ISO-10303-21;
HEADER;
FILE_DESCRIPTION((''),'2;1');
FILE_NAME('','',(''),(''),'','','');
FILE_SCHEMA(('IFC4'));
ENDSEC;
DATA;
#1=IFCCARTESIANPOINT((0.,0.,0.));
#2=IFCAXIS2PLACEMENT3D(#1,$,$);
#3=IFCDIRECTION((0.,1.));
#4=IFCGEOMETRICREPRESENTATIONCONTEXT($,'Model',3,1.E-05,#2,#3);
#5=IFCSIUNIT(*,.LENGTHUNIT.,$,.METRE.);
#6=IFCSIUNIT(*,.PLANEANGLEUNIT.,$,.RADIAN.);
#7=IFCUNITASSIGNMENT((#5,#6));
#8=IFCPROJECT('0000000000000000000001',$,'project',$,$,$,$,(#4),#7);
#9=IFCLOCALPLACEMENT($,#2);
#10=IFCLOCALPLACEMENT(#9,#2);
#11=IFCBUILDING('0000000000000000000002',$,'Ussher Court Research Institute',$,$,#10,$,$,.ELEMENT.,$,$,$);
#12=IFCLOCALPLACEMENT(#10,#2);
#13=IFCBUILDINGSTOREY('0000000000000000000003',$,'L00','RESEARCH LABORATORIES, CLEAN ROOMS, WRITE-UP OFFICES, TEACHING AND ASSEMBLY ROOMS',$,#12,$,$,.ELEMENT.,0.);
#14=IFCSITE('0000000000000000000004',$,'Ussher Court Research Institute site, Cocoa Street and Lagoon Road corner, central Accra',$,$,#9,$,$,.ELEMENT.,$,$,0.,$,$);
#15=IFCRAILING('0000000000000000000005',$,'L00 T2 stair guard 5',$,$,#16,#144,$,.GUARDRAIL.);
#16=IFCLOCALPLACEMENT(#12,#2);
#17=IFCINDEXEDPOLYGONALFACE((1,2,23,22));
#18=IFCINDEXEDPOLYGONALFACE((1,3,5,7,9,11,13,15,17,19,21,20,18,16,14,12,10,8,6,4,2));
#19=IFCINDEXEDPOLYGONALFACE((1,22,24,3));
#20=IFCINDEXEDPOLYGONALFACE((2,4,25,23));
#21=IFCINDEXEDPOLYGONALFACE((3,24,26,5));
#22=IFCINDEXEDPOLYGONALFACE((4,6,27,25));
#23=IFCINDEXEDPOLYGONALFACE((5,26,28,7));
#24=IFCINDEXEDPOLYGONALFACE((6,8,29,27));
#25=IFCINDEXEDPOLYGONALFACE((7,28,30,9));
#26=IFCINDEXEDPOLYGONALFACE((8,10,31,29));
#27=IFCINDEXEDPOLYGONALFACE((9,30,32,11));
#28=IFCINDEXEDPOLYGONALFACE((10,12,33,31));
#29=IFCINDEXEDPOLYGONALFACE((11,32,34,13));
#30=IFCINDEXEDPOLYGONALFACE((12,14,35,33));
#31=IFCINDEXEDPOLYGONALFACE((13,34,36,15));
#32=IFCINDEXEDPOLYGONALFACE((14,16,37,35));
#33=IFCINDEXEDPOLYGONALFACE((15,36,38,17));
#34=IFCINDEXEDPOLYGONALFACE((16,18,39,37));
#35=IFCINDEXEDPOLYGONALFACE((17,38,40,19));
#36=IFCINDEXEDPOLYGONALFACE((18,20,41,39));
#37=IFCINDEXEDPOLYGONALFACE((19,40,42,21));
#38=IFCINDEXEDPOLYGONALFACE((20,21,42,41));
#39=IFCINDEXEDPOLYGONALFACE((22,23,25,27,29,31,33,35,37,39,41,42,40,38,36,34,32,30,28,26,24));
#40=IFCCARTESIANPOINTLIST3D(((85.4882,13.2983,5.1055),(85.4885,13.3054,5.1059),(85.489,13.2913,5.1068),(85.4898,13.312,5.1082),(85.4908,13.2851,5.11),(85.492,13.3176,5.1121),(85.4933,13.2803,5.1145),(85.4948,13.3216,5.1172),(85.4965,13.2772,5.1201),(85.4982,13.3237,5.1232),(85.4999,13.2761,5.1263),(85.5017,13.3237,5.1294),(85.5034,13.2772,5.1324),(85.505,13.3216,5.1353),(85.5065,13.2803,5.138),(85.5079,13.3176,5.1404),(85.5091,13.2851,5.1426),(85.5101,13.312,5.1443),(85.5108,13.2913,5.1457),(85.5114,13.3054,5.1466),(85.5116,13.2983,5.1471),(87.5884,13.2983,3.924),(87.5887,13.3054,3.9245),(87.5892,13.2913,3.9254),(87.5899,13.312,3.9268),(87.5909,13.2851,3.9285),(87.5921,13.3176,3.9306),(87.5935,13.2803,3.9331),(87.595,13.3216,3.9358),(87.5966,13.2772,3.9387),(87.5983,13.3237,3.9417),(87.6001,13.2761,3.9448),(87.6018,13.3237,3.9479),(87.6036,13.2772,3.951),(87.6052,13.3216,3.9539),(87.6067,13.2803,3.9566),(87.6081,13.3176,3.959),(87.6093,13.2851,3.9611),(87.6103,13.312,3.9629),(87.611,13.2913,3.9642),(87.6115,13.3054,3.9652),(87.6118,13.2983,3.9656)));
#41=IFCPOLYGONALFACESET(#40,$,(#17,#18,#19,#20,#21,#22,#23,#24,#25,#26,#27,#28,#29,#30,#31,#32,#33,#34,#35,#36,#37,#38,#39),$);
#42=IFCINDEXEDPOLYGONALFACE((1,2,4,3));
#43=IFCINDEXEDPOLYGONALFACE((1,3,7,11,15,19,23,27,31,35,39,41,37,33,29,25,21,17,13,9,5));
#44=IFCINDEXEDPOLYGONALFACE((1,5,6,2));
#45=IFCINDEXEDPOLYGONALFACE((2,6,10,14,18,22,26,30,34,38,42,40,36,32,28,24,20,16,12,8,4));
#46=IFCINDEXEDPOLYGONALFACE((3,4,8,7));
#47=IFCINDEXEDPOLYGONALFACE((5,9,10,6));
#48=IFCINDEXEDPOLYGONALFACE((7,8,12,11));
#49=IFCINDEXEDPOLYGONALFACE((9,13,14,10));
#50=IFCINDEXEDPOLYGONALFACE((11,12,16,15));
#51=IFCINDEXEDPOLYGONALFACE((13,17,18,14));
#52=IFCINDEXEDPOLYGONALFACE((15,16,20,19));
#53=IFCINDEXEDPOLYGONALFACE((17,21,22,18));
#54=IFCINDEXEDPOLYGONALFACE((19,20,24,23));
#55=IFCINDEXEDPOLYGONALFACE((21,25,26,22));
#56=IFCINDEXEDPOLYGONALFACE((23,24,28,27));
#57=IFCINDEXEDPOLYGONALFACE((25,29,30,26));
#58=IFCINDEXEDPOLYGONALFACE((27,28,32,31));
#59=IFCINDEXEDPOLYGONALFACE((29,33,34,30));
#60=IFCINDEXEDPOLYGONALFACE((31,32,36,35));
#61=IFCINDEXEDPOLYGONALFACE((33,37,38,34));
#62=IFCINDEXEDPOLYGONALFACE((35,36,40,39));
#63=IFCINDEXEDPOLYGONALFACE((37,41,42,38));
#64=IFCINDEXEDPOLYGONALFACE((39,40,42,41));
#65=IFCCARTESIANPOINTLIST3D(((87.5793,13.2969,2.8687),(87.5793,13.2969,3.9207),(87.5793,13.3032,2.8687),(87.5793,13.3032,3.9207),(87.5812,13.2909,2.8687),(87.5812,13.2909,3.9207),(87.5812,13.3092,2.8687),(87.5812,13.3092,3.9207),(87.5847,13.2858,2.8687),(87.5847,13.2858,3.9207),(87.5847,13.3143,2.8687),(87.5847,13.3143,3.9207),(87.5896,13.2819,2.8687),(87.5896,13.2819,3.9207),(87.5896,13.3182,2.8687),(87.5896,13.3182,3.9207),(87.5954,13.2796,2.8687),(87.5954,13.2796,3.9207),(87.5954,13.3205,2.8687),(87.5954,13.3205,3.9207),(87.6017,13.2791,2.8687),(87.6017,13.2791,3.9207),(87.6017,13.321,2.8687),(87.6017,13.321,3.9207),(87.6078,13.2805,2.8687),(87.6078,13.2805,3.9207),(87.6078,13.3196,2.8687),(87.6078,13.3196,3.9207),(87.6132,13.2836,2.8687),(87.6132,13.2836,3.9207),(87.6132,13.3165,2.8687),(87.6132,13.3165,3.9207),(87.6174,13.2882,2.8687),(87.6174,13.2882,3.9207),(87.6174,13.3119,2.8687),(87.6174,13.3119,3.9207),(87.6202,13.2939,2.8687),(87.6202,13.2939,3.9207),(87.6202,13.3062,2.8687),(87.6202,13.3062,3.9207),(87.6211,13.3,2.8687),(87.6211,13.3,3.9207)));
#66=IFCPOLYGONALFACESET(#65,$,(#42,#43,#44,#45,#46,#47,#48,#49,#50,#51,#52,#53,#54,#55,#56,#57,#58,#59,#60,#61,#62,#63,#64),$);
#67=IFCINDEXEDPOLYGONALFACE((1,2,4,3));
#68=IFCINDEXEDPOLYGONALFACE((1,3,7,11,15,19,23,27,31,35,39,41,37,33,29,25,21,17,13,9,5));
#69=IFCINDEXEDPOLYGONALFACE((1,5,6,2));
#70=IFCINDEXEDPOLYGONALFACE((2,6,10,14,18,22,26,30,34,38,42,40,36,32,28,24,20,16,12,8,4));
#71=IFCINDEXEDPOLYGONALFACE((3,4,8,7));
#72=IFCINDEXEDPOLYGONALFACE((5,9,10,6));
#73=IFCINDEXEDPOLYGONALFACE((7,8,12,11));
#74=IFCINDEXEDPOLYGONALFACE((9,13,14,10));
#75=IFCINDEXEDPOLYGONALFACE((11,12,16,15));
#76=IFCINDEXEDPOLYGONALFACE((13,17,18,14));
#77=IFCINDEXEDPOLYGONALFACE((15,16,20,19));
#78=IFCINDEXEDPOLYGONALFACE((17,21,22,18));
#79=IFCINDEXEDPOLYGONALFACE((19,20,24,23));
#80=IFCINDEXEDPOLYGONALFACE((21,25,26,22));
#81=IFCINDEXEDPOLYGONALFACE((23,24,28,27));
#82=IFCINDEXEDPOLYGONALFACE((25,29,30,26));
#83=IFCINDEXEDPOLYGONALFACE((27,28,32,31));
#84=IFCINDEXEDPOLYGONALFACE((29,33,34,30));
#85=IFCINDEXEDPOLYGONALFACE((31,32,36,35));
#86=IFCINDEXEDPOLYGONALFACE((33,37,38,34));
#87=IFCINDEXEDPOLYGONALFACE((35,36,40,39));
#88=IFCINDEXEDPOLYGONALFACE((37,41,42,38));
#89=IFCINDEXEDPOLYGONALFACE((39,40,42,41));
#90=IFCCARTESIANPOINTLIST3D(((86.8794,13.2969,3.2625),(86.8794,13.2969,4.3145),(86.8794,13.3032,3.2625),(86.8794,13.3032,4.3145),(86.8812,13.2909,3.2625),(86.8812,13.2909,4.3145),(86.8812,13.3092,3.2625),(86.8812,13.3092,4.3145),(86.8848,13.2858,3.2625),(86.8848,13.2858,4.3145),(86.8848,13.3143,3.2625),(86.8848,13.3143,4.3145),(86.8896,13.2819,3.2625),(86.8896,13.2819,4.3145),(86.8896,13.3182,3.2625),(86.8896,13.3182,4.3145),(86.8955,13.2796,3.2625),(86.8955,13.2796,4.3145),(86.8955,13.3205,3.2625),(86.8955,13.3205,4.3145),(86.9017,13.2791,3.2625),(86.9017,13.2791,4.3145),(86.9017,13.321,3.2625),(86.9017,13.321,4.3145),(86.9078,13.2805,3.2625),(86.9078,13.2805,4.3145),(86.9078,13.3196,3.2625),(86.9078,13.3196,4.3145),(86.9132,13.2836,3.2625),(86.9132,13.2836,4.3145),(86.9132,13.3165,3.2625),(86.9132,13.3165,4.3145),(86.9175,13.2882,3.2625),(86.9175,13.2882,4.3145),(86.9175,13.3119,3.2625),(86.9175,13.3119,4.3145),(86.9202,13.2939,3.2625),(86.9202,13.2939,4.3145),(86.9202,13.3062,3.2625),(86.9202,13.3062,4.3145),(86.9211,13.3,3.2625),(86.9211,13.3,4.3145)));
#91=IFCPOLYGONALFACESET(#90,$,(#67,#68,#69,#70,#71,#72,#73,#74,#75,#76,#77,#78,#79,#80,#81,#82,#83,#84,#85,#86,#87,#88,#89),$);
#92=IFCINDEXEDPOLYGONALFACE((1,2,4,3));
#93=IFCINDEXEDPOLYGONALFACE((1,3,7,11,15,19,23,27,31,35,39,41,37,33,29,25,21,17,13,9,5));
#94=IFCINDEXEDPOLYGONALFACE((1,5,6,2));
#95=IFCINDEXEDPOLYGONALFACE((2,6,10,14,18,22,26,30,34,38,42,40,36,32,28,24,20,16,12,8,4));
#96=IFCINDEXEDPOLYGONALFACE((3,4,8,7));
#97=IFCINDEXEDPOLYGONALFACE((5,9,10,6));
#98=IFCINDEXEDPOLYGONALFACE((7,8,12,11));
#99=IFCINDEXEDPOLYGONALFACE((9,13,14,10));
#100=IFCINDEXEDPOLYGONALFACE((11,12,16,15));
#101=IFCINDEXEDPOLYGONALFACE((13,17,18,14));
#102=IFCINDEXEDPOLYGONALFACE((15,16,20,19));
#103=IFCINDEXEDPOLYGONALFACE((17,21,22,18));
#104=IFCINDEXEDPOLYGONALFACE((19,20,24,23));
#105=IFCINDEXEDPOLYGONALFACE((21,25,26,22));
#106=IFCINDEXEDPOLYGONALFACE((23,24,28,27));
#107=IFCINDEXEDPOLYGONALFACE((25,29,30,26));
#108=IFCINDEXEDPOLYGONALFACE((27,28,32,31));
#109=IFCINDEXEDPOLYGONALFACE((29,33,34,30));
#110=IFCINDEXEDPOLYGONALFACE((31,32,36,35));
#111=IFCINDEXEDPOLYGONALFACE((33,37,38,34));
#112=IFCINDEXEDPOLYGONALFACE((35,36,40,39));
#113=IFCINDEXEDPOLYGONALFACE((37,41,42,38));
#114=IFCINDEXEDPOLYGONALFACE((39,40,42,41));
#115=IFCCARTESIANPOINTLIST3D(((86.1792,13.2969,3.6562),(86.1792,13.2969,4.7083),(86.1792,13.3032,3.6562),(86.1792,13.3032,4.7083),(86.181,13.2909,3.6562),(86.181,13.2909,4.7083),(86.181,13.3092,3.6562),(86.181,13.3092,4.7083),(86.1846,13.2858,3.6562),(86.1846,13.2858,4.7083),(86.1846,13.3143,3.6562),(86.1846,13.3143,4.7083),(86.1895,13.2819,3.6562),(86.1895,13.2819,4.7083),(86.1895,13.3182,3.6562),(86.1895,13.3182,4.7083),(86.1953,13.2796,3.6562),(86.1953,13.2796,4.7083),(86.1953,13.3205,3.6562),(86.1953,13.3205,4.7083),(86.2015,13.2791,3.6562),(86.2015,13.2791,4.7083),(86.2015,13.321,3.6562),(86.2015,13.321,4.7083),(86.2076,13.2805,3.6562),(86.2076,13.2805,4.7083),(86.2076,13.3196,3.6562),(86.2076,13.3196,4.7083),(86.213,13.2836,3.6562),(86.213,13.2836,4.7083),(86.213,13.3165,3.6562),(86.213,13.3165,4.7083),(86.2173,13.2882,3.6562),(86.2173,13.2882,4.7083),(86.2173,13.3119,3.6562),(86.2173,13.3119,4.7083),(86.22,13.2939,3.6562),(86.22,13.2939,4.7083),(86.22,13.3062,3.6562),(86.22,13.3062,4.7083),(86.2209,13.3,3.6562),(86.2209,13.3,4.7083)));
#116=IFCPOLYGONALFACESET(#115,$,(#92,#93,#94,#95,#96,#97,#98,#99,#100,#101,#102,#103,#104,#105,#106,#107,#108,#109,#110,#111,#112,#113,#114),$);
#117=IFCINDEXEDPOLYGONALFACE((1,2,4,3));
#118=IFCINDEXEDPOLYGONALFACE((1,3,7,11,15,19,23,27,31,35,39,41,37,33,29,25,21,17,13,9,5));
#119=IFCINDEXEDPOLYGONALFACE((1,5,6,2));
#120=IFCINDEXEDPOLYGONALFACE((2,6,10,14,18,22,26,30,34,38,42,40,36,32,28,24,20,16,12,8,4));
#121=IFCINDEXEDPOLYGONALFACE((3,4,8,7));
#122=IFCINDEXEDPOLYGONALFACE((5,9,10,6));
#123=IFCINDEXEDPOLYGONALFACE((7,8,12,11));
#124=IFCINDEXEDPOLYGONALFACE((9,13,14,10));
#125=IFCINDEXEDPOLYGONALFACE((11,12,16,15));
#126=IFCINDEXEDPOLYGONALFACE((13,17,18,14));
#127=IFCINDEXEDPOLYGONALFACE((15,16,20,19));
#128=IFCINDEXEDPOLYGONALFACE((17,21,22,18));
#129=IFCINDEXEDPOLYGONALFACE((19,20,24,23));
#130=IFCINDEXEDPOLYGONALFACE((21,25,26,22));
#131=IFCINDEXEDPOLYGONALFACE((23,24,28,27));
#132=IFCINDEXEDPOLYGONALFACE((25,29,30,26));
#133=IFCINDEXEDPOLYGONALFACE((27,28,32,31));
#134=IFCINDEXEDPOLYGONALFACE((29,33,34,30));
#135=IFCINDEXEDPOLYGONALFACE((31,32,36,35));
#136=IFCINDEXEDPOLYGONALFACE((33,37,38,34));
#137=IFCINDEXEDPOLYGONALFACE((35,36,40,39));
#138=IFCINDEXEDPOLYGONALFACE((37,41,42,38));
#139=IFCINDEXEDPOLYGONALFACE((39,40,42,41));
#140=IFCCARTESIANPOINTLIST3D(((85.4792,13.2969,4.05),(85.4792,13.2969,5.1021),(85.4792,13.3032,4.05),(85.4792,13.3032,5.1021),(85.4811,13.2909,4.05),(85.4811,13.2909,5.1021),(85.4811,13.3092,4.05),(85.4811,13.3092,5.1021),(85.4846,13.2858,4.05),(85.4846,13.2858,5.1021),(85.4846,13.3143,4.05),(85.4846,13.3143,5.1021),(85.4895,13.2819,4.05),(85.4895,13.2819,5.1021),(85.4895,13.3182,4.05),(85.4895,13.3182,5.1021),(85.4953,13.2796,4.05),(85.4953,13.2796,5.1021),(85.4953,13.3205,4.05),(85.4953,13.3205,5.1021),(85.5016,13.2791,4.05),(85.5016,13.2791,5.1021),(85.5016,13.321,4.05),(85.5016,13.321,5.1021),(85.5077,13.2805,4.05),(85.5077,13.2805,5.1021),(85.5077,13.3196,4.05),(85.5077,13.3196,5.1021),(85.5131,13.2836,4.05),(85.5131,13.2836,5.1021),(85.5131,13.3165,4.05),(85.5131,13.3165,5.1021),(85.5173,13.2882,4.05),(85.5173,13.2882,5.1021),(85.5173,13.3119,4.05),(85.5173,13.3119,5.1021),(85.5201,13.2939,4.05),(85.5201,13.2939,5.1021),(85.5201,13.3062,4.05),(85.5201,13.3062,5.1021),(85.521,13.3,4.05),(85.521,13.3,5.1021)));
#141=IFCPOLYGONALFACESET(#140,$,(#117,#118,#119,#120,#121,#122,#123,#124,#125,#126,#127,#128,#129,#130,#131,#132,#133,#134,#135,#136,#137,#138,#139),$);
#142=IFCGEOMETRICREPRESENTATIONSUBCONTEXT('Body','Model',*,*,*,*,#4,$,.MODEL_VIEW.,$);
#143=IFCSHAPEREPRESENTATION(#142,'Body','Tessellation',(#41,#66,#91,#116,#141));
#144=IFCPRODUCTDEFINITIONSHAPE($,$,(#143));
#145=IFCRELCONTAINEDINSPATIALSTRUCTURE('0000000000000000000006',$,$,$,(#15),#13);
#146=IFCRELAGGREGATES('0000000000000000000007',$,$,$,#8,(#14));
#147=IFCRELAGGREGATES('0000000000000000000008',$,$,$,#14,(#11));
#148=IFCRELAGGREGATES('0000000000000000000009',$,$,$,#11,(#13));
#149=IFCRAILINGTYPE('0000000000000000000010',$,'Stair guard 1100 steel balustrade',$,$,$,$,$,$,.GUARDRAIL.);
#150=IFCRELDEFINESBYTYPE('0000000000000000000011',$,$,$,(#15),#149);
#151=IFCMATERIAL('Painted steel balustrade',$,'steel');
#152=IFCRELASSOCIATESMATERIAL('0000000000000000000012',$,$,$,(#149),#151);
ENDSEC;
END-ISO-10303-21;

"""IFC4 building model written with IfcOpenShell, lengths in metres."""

from ifc_helpers import new_model, si_unit, direction, frame, origin, origin_2d, place, context, subcontext, project, spatial, circle, extrude, material, type_object, element, save


model = new_model("IFC4")

# Units and contexts
model_context = context("Model", 3, precision=1e-05, world=origin(), true_north=direction((0.0, 1.0)))
body_context = subcontext(model_context, "Body", "Model", "MODEL_VIEW")
ifc_project = project(units=[si_unit("LENGTHUNIT", "METRE"), si_unit("PLANEANGLEUNIT", "RADIAN")], contexts=[model_context])

# Site, building, storey
site_placement = place(None, origin())
site = spatial("IfcSite", under=ifc_project, at=site_placement, Name="Ussher Court Research Institute site, Cocoa Street and Lagoon Road corner, central Accra", CompositionType="ELEMENT", RefElevation=0.0)
building_placement = place(site_placement, origin())
building = spatial("IfcBuilding", under=site, at=building_placement, Name="Ussher Court Research Institute", CompositionType="ELEMENT")
storey_placement = place(building_placement, origin())
storey = spatial("IfcBuildingStorey", under=building, at=storey_placement, Name="L00", Description="RESEARCH LABORATORIES, CLEAN ROOMS, WRITE-UP OFFICES, TEACHING AND ASSEMBLY ROOMS", CompositionType="ELEMENT", Elevation=0.0)

# Railing
ifc_material_1 = material(Name="Painted steel balustrade", Category="steel")
railing_type = type_object("IfcRailingType", Name="Stair guard 1100 steel balustrade", PredefinedType="GUARDRAIL", material=ifc_material_1)
railing_1_placement = place(storey_placement, frame((87.6001, 13.3, 2.8687)))
element("IfcRailing", 1, at=railing_1_placement, inside=storey, type_object=railing_type, Name="L00 T2 stair guard 5", PredefinedType="GUARDRAIL", context=body_context, shape_type="SweptSolid", body=[
    extrude(circle(Radius=0.0239, at=origin_2d()), frame((0.0, 0.0, 1.0762), z_axis=(-0.871559, 0.0, 0.49029), x_axis=(0.0, -1.0, 0.0)), (0.0, 0.0, 1.0), 2.4097),
    extrude(circle(Radius=0.021, at=origin_2d()), origin(), (0.0, 0.0, 1.0), 1.052),
    extrude(circle(Radius=0.021, at=origin_2d()), frame((-0.7, 0.0, 0.3938)), (0.0, 0.0, 1.0), 1.052),
    extrude(circle(Radius=0.021, at=origin_2d()), frame((-1.4001, 0.0, 0.7876)), (0.0, 0.0, 1.0), 1.052),
    extrude(circle(Radius=0.021, at=origin_2d()), frame((-2.1001, 0.0, 1.1814)), (0.0, 0.0, 1.0), 1.052),
])

save(model, "model.ifc")
